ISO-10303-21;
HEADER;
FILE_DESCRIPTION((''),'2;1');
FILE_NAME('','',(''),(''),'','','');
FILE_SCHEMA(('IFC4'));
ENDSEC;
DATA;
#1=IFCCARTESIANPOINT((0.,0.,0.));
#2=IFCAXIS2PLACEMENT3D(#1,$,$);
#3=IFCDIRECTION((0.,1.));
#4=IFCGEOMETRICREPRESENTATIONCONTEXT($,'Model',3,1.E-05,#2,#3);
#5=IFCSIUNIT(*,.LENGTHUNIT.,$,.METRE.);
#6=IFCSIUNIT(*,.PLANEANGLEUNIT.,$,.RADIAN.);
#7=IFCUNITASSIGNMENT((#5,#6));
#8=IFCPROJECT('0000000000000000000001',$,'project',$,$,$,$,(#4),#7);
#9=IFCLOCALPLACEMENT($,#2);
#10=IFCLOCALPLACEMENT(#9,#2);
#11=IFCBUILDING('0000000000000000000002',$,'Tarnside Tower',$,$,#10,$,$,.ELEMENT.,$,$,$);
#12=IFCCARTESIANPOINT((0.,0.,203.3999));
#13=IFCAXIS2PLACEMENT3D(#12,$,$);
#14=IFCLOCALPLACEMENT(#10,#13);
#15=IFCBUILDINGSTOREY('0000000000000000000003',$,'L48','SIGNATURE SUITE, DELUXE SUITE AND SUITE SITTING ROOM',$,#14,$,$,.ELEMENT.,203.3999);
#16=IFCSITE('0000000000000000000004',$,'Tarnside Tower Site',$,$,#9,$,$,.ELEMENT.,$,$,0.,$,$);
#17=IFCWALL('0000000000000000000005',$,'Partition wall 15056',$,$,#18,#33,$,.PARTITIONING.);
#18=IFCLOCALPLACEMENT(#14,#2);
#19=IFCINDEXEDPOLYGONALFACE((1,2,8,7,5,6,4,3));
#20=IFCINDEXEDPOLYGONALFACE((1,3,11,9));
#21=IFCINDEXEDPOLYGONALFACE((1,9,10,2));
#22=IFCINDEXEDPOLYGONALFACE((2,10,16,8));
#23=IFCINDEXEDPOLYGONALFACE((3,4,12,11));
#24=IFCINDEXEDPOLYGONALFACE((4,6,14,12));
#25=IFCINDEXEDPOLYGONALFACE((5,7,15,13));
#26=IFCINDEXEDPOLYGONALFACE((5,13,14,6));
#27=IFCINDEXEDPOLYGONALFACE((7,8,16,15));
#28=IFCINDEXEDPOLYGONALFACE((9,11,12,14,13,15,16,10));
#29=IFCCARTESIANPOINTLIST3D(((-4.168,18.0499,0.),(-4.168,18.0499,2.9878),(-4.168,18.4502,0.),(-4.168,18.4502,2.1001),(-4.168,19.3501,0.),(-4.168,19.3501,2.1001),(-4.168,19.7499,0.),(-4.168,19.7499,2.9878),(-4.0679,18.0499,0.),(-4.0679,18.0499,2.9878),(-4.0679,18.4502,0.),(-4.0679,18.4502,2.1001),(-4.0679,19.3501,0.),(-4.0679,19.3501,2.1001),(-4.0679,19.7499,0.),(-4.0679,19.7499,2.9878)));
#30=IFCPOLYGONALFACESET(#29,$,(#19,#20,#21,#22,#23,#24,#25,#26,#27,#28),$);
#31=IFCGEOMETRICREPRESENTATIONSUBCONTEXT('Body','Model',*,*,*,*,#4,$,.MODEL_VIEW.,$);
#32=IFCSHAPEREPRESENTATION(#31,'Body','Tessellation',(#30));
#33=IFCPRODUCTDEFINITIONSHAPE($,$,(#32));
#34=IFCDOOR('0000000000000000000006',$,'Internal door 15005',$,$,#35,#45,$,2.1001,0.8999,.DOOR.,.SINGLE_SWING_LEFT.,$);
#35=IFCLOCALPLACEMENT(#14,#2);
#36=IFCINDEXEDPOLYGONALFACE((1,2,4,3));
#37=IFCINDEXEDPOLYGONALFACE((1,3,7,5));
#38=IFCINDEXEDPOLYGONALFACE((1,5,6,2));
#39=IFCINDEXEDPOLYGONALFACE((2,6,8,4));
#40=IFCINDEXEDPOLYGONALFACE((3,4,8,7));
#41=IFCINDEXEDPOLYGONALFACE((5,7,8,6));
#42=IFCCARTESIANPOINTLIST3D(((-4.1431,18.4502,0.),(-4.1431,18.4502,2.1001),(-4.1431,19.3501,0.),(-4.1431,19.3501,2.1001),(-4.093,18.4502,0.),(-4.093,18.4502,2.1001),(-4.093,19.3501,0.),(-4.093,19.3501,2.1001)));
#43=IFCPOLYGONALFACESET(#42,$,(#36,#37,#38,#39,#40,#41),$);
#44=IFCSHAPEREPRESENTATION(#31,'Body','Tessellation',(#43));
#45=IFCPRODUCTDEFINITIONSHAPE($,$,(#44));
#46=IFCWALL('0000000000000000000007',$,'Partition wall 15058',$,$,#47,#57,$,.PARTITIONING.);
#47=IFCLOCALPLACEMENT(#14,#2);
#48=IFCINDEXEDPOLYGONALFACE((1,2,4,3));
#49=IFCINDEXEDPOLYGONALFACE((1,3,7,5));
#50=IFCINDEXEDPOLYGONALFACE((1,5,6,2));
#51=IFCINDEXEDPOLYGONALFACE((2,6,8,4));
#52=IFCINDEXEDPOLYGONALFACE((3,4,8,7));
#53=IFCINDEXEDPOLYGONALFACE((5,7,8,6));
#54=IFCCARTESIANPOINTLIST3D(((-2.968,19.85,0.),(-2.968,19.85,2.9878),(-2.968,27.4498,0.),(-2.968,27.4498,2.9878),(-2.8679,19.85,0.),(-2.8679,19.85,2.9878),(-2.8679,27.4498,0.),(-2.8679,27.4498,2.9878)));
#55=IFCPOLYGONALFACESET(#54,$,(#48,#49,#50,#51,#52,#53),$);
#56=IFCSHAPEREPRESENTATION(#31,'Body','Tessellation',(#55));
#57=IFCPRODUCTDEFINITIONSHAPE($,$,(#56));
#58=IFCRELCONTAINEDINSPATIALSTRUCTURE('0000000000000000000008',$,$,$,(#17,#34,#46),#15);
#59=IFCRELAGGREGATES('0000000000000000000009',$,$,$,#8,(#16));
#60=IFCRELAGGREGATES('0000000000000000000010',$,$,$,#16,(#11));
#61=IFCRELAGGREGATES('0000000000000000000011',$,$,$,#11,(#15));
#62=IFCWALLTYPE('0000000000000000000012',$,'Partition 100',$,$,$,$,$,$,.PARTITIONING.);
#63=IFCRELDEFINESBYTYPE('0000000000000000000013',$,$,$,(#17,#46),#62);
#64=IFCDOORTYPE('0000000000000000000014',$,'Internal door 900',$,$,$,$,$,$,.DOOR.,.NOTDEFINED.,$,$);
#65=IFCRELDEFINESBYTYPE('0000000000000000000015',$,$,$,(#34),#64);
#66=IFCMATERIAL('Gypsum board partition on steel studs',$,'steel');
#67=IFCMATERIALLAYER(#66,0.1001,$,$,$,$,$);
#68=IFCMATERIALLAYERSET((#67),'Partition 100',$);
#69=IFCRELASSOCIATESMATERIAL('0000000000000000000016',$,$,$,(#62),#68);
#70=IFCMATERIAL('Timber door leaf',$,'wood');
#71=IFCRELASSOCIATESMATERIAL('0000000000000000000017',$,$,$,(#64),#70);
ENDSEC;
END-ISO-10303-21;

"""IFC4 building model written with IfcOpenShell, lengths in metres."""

from ifc_helpers import new_model, si_unit, direction, frame, frame_2d, origin, place, context, subcontext, project, spatial, rectangle, extrude, material, layer, layer_set, type_object, element, fill, save


model = new_model("IFC4")

# Units and contexts
model_context = context("Model", 3, precision=1e-05, world=origin(), true_north=direction((0.0, 1.0)))
body_context = subcontext(model_context, "Body", "Model", "MODEL_VIEW")
ifc_project = project(units=[si_unit("LENGTHUNIT", "METRE"), si_unit("PLANEANGLEUNIT", "RADIAN")], contexts=[model_context])

# Site, building, storey
site_placement = place(None, origin())
site = spatial("IfcSite", under=ifc_project, at=site_placement, Name="Tarnside Tower Site", CompositionType="ELEMENT", RefElevation=0.0)
building_placement = place(site_placement, origin())
building = spatial("IfcBuilding", under=site, at=building_placement, Name="Tarnside Tower", CompositionType="ELEMENT")
storey_placement = place(building_placement, frame((0.0, 0.0, 203.3999)))
storey = spatial("IfcBuildingStorey", under=building, at=storey_placement, Name="L48", Description="SIGNATURE SUITE, DELUXE SUITE AND SUITE SITTING ROOM", CompositionType="ELEMENT", Elevation=203.3999)

# Shared definitions
ifc_material_1 = material(Name="Gypsum board partition on steel studs", Category="steel")
ifc_material_2 = material(Name="Timber door leaf", Category="wood")

# Shared definitions
ifc_layer_1 = layer(ifc_material_1, 0.1001)
ifc_layer_set_1 = layer_set([ifc_layer_1], Name="Partition 100")
wall_type_1 = type_object("IfcWallType", Name="Partition 100", PredefinedType="PARTITIONING", material=ifc_layer_set_1)

# Wall, opening, door
wall_1_placement = place(storey_placement, frame((-4.1179, 19.75, 0.0), z_axis=(0.0, 0.0, 1.0), x_axis=(0.0, -1.0, 0.0)))
wall_1 = element("IfcWall", 1, at=wall_1_placement, inside=storey, type_object=wall_type_1, Name="Partition wall 15056", PredefinedType="PARTITIONING", context=body_context, shape_type="SweptSolid", body=[
    extrude(rectangle(XDim=1.7, YDim=0.1001, at=frame_2d((0.8501, 0.0))), origin(), (0.0, 0.0, 1.0), 2.9878),
])
opening_1_placement = place(wall_1_placement, frame((0.3999, 0.0, 0.0)))
opening_1 = element("IfcOpeningElement", 2, at=opening_1_placement, cuts=wall_1, PredefinedType="OPENING", context=body_context, shape_type="SweptSolid", body=[
    extrude(rectangle(XDim=0.8999, YDim=2.1001, at=frame_2d((0.45, 1.05))), frame((0.0, 0.0601, 0.0), z_axis=(0.0, -1.0, 0.0), x_axis=(1.0, 0.0, 0.0)), (0.0, 0.0, 1.0), 0.1201),
])
door_type_1 = type_object("IfcDoorType", Name="Internal door 900", OperationType="NOTDEFINED", PredefinedType="DOOR", material=ifc_material_2)
door_1_placement = place(opening_1_placement, origin())
door_1 = element("IfcDoor", 3, at=door_1_placement, inside=storey, type_object=door_type_1, Name="Internal door 15005", OperationType="SINGLE_SWING_LEFT", OverallHeight=2.1001, OverallWidth=0.8999, PredefinedType="DOOR", context=body_context, shape_type="SweptSolid", body=[
    extrude(rectangle(XDim=0.8999, YDim=2.1001, at=frame_2d((0.45, 1.05))), frame((0.0, 0.0249, 0.0), z_axis=(0.0, -1.0, 0.0), x_axis=(1.0, 0.0, 0.0)), (0.0, 0.0, 1.0), 0.05),
])
fill(opening_1, door_1)

# Wall
wall_2_placement = place(storey_placement, frame((-2.918, 19.8501, 0.0), z_axis=(0.0, 0.0, 1.0), x_axis=(0.0, 1.0, 0.0)))
element("IfcWall", 4, at=wall_2_placement, inside=storey, type_object=wall_type_1, Name="Partition wall 15058", PredefinedType="PARTITIONING", context=body_context, shape_type="SweptSolid", body=[
    extrude(rectangle(XDim=7.5999, YDim=0.1001, at=frame_2d((3.7998, 0.0))), origin(), (0.0, 0.0, 1.0), 2.9878),
])

save(model, "model.ifc")
